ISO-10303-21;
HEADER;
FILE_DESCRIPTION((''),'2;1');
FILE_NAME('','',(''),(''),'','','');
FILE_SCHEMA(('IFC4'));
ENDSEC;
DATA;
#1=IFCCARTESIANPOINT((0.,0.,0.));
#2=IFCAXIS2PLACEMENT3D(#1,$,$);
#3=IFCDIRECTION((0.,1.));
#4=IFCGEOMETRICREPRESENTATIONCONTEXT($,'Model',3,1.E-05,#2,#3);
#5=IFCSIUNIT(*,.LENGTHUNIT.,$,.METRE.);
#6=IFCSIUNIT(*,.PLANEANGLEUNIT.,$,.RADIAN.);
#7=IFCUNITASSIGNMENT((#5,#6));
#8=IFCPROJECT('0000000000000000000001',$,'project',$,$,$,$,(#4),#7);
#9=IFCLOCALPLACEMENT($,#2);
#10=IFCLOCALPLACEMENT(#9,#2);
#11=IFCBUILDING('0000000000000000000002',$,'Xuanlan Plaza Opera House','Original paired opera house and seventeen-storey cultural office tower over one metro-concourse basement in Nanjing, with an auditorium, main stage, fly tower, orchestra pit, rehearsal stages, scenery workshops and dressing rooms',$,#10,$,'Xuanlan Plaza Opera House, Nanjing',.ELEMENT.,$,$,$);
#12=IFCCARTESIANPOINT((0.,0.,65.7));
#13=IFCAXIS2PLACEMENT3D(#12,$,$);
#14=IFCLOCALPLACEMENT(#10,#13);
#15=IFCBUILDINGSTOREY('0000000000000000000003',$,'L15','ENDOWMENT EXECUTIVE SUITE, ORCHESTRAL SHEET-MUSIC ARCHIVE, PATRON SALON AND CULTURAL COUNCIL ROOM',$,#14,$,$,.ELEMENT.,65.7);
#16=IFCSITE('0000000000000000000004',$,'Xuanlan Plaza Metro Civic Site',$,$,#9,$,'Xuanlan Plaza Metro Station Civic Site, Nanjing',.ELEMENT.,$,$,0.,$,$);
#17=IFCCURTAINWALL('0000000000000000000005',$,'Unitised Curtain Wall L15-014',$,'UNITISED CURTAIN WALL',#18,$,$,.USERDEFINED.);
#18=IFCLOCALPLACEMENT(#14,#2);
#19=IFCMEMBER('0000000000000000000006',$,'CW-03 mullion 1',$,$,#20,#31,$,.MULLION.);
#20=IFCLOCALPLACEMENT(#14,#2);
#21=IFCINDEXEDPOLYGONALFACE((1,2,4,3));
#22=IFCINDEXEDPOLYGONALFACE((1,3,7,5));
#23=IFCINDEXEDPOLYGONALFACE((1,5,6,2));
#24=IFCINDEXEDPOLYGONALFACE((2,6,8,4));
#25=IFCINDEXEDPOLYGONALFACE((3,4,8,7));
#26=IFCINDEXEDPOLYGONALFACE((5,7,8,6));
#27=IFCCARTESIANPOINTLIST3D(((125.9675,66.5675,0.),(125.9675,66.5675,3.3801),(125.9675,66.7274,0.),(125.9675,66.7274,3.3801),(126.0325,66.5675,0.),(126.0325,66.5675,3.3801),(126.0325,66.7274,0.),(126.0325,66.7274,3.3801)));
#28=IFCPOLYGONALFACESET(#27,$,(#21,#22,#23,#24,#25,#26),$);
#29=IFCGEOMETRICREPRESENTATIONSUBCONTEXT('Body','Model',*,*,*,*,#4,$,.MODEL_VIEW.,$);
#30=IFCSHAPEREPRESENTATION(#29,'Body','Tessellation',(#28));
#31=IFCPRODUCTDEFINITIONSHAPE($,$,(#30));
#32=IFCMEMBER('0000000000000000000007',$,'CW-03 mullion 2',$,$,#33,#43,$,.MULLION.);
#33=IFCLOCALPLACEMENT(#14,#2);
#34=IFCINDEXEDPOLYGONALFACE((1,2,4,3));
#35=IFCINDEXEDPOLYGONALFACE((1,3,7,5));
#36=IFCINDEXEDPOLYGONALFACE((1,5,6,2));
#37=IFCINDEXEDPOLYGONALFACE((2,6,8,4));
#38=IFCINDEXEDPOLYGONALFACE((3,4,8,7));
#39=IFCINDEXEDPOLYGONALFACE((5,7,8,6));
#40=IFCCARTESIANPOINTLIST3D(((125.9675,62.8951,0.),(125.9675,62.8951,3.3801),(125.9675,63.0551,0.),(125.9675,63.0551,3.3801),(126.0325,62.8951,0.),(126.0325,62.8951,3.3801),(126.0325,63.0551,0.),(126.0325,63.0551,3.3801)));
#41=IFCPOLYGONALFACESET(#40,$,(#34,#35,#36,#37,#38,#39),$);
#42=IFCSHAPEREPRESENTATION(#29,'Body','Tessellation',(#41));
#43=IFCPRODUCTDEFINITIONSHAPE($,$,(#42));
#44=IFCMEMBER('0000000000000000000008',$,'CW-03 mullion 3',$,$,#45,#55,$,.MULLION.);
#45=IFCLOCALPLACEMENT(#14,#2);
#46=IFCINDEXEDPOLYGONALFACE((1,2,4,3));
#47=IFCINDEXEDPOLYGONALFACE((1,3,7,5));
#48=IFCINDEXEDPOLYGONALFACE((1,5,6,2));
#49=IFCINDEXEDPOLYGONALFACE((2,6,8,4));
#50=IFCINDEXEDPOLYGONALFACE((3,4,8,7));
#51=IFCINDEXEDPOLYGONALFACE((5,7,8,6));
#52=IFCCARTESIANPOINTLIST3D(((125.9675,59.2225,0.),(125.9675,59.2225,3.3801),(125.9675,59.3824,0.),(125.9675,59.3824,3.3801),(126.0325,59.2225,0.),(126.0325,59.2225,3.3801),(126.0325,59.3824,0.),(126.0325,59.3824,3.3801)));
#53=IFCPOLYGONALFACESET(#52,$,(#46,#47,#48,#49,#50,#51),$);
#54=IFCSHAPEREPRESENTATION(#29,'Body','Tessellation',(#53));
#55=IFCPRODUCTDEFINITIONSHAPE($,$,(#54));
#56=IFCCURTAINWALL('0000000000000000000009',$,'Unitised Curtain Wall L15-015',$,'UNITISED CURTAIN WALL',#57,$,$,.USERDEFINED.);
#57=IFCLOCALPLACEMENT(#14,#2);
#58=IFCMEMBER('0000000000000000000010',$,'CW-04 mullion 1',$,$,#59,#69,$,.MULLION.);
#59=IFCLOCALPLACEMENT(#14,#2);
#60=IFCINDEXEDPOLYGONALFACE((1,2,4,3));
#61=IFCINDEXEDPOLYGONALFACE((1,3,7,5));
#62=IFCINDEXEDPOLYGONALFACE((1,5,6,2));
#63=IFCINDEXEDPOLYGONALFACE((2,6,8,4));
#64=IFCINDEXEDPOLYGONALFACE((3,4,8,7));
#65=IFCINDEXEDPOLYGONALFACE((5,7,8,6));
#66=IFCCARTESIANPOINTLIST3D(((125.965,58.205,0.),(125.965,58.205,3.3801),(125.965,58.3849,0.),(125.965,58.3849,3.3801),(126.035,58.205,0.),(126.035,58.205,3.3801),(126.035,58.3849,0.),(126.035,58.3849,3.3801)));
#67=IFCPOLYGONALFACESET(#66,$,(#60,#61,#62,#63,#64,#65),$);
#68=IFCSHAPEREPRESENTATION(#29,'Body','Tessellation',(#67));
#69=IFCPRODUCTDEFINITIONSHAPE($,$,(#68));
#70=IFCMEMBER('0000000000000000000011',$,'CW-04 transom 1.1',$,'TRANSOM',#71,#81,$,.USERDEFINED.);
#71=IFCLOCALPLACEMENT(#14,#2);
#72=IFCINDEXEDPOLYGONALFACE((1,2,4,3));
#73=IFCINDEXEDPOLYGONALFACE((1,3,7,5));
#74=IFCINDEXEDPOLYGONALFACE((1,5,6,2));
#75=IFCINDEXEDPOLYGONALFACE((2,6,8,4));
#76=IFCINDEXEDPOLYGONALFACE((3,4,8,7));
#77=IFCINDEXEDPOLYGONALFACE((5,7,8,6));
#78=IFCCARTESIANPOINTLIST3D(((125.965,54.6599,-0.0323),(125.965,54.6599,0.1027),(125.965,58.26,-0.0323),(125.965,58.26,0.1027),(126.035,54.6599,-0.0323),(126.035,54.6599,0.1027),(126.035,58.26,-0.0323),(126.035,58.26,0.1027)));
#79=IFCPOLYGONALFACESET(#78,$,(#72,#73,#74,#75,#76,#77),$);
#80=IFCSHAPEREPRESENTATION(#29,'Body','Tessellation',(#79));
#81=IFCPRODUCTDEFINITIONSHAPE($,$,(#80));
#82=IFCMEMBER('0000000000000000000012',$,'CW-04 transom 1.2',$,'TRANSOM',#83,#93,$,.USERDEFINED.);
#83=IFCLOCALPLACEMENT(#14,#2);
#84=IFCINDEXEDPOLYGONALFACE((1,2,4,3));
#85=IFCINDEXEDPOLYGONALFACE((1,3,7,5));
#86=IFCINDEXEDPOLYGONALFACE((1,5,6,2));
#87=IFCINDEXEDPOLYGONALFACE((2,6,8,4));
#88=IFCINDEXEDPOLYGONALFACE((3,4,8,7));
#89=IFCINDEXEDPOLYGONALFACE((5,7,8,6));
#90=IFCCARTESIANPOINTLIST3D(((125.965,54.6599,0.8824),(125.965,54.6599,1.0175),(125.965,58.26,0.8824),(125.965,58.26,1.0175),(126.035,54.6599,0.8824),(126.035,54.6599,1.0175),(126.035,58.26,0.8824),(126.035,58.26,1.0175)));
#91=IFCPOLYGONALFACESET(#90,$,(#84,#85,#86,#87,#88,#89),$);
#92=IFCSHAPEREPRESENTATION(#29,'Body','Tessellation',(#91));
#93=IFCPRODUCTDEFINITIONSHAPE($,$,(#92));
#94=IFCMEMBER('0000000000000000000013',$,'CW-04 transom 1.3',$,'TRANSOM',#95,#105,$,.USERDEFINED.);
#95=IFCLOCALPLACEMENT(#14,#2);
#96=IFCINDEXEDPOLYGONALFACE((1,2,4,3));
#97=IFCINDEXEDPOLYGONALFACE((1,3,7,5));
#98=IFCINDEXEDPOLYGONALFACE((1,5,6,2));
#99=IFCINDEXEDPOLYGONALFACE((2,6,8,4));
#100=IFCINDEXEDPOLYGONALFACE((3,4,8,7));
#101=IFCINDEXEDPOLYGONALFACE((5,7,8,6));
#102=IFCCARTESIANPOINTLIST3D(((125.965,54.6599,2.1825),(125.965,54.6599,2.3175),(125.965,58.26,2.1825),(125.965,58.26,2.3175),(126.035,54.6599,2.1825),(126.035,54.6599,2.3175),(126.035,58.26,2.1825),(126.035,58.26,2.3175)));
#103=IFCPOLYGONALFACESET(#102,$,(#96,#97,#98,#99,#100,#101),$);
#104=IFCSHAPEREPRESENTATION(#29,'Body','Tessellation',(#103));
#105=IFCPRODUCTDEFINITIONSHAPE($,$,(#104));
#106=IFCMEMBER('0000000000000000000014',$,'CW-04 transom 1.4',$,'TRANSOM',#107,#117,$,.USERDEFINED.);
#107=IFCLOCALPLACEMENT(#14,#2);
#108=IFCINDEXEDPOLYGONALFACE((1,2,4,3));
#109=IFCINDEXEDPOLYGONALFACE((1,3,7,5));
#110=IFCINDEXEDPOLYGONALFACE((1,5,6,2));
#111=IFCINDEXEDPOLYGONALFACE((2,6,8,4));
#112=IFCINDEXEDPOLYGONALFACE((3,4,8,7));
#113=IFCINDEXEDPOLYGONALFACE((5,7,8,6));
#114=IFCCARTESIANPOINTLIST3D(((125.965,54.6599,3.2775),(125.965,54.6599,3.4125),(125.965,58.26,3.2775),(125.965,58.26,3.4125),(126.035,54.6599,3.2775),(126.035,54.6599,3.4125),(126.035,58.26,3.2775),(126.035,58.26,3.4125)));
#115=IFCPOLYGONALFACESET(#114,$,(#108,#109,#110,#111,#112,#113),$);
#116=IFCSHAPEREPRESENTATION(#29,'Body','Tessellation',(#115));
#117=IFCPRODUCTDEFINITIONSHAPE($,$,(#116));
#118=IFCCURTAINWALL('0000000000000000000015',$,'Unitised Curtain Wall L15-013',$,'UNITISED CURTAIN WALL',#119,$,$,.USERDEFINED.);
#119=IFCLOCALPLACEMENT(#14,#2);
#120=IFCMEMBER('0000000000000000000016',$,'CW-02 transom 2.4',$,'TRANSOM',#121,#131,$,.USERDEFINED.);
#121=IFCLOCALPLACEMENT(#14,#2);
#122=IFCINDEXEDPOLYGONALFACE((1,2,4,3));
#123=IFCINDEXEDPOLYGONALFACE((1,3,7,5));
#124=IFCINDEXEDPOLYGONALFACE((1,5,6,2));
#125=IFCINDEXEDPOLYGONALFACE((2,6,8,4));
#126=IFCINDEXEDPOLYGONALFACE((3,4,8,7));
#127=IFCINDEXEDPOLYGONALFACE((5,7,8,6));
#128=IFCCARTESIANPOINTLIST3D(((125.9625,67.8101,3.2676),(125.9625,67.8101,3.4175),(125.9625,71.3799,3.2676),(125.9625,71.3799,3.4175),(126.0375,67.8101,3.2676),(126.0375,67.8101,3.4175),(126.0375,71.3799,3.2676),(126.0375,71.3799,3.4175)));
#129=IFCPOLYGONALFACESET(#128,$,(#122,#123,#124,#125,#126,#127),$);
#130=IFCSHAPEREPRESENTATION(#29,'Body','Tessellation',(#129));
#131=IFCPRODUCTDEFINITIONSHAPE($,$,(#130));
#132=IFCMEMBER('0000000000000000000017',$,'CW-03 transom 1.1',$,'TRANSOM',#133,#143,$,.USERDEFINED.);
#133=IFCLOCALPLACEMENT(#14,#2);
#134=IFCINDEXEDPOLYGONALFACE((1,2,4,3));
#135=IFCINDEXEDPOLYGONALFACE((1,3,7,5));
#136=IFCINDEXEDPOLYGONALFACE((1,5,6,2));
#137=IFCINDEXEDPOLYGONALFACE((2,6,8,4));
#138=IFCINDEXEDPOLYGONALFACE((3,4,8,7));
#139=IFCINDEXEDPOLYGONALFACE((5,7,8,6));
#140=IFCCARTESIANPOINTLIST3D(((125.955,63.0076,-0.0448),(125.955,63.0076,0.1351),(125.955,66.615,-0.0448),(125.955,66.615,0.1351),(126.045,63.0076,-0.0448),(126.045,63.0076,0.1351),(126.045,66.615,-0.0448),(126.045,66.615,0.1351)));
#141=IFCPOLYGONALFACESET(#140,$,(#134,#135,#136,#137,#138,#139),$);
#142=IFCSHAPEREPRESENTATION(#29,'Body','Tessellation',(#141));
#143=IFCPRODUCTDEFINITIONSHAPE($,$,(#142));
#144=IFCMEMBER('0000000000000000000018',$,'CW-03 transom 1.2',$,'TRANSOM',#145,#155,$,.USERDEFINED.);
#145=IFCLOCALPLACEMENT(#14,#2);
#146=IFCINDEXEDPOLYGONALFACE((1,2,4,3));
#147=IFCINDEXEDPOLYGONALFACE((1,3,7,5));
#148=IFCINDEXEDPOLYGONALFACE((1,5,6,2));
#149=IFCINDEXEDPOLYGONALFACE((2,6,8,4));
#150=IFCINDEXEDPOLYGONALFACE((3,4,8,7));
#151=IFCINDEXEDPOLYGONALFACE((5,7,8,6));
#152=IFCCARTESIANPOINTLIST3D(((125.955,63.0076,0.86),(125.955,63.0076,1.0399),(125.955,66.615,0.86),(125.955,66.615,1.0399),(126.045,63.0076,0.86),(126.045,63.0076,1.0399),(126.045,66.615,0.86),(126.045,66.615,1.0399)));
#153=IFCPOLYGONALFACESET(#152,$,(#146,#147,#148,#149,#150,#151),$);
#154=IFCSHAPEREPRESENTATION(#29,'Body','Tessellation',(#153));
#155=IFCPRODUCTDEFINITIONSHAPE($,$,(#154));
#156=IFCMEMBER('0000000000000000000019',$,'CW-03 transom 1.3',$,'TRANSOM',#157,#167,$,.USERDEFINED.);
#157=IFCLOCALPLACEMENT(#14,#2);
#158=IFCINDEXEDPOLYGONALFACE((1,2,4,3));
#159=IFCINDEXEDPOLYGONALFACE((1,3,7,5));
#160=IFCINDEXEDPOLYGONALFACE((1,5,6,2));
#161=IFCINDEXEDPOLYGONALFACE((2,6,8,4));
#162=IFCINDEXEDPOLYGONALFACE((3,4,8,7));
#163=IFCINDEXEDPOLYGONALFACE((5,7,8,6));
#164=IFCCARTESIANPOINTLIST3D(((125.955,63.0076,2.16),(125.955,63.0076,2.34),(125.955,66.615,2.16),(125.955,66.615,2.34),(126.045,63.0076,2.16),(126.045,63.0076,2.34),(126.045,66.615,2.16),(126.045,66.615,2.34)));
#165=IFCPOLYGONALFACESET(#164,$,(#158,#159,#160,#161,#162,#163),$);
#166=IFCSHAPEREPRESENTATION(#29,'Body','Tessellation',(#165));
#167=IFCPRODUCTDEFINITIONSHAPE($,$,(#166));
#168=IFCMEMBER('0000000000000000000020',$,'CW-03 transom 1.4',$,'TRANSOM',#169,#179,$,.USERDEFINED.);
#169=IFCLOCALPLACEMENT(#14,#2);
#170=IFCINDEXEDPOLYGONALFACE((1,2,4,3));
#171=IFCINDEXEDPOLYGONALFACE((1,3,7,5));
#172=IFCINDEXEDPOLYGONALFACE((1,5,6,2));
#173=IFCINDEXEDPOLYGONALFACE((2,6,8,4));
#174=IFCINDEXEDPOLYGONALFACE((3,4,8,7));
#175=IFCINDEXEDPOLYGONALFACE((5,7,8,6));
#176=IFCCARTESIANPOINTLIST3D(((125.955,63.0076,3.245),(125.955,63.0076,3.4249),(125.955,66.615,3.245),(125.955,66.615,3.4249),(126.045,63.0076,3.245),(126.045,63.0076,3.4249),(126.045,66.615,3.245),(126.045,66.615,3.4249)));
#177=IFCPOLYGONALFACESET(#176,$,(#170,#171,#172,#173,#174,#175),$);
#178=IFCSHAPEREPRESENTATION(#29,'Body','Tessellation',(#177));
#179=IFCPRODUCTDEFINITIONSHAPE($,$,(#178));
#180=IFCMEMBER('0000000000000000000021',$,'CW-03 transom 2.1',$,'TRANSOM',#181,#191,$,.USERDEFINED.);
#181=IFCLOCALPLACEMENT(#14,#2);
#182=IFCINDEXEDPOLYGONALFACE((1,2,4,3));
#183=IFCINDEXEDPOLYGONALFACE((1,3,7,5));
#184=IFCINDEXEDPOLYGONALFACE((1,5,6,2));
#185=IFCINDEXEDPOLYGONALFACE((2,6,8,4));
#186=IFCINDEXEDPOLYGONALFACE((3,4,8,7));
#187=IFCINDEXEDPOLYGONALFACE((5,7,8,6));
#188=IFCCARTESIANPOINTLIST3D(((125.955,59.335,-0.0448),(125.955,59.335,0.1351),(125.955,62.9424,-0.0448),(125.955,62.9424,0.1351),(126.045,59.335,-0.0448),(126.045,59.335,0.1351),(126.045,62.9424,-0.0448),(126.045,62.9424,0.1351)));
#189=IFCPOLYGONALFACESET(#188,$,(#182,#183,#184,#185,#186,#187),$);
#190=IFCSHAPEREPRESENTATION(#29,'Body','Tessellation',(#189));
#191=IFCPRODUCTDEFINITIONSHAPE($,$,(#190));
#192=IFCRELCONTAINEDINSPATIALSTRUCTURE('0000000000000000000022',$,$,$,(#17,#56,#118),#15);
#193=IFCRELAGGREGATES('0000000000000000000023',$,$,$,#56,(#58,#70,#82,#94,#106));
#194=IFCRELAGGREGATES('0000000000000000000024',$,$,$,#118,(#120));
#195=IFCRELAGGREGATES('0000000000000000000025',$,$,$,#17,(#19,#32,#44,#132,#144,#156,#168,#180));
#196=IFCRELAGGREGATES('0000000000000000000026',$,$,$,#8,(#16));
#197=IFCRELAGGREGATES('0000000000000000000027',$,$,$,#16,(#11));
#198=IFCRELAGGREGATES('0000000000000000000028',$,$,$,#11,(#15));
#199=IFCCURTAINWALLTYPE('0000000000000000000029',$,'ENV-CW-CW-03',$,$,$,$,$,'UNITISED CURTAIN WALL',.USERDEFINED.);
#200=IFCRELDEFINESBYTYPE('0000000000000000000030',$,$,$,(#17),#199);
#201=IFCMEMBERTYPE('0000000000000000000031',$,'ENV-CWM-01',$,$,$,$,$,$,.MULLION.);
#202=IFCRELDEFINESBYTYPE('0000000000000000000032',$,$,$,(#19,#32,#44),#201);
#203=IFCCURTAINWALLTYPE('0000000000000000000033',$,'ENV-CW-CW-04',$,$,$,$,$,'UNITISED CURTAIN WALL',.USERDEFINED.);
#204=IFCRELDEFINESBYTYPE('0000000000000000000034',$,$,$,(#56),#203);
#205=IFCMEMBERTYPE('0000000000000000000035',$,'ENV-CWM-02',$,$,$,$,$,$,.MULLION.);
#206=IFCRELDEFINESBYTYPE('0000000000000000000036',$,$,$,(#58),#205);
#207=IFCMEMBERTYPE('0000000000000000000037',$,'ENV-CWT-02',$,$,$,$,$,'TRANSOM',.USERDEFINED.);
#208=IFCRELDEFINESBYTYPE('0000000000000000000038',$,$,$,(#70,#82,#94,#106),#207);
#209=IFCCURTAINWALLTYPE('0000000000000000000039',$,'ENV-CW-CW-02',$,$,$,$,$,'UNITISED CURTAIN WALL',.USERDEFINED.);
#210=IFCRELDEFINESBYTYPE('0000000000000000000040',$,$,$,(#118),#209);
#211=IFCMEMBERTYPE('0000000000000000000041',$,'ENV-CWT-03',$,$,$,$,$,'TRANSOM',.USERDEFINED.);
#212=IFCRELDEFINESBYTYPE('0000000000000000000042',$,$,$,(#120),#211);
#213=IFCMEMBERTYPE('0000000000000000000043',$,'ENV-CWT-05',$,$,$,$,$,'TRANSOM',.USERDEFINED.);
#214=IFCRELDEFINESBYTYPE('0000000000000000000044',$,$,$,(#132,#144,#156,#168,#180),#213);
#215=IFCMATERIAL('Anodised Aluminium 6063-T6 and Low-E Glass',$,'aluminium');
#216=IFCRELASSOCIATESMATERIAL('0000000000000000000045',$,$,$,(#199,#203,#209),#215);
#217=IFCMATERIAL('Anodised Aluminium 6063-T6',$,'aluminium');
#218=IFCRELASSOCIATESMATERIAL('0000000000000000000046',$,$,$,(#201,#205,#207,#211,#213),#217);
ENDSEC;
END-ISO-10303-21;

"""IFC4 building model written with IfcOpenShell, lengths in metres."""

from ifc_helpers import new_model, si_unit, direction, frame, origin, origin_2d, place, context, subcontext, project, spatial, rectangle, extrude, material, material_profile, profile_set, type_object, element, aggregate, save


model = new_model("IFC4")

# Units and contexts
model_context = context("Model", 3, precision=1e-05, world=origin(), true_north=direction((0.0, 1.0)))
body_context = subcontext(model_context, "Body", "Model", "MODEL_VIEW")
ifc_project = project(units=[si_unit("LENGTHUNIT", "METRE"), si_unit("PLANEANGLEUNIT", "RADIAN")], contexts=[model_context])

# Site, building, storey
site_placement = place(None, origin())
site = spatial("IfcSite", under=ifc_project, at=site_placement, Name="Xuanlan Plaza Metro Civic Site", LongName="Xuanlan Plaza Metro Station Civic Site, Nanjing", CompositionType="ELEMENT", RefElevation=0.0)
building_placement = place(site_placement, origin())
building = spatial("IfcBuilding", under=site, at=building_placement, Name="Xuanlan Plaza Opera House", Description="Original paired opera house and seventeen-storey cultural office tower over one metro-concourse basement in Nanjing, with an auditorium, main stage, fly tower, orchestra pit, rehearsal stages, scenery workshops and dressing rooms", LongName="Xuanlan Plaza Opera House, Nanjing", CompositionType="ELEMENT")
storey_placement = place(building_placement, frame((0.0, 0.0, 65.7)))
storey = spatial("IfcBuildingStorey", under=building, at=storey_placement, Name="L15", Description="ENDOWMENT EXECUTIVE SUITE, ORCHESTRAL SHEET-MUSIC ARCHIVE, PATRON SALON AND CULTURAL COUNCIL ROOM", CompositionType="ELEMENT", Elevation=65.7)

# Curtain walls, members
ifc_material_1 = material(Name="Anodised Aluminium 6063-T6 and Low-E Glass", Category="aluminium")
curtain_wall_type_1 = type_object("IfcCurtainWallType", Name="ENV-CW-CW-03", ElementType="UNITISED CURTAIN WALL", PredefinedType="USERDEFINED", material=ifc_material_1)
curtain_wall_1_placement = place(storey_placement, origin())
curtain_wall_1 = element("IfcCurtainWall", 1, at=curtain_wall_1_placement, inside=storey, type_object=curtain_wall_type_1, Name="Unitised Curtain Wall L15-014", ObjectType="UNITISED CURTAIN WALL", PredefinedType="USERDEFINED")
ifc_material_2 = material(Name="Anodised Aluminium 6063-T6", Category="aluminium")
ifc_material_profile_1 = material_profile(ifc_material_2, rectangle(XDim=0.0649, YDim=0.1599, at=origin_2d()), Name="ALU-M 65x160")
ifc_profile_set_1 = profile_set([ifc_material_profile_1], Name="Anodised Aluminium 6063-T6")
member_type_1 = type_object("IfcMemberType", Name="ENV-CWM-01", PredefinedType="MULLION", material=ifc_profile_set_1)
member_1_placement = place(storey_placement, frame((126.0, 66.6475, 0.0), z_axis=(0.0, 0.0, 1.0), x_axis=(1.0, 0.0, 0.0)))
member_1 = element("IfcMember", 2, at=member_1_placement, type_object=member_type_1, Name="CW-03 mullion 1", PredefinedType="MULLION", context=body_context, shape_type="SweptSolid", body=[
    extrude(rectangle(XDim=0.0649, YDim=0.1599, at=origin_2d()), origin(), (0.0, 0.0, 1.0), 3.3801),
])
member_2_placement = place(storey_placement, frame((126.0, 62.9751, 0.0), z_axis=(0.0, 0.0, 1.0), x_axis=(1.0, 0.0, 0.0)))
member_2 = element("IfcMember", 3, at=member_2_placement, type_object=member_type_1, Name="CW-03 mullion 2", PredefinedType="MULLION", context=body_context, shape_type="SweptSolid", body=[
    extrude(rectangle(XDim=0.0649, YDim=0.1599, at=origin_2d()), origin(), (0.0, 0.0, 1.0), 3.3801),
])
member_3_placement = place(storey_placement, frame((126.0, 59.3025, 0.0), z_axis=(0.0, 0.0, 1.0), x_axis=(1.0, 0.0, 0.0)))
member_3 = element("IfcMember", 4, at=member_3_placement, type_object=member_type_1, Name="CW-03 mullion 3", PredefinedType="MULLION", context=body_context, shape_type="SweptSolid", body=[
    extrude(rectangle(XDim=0.0649, YDim=0.1599, at=origin_2d()), origin(), (0.0, 0.0, 1.0), 3.3801),
])
curtain_wall_type_2 = type_object("IfcCurtainWallType", Name="ENV-CW-CW-04", ElementType="UNITISED CURTAIN WALL", PredefinedType="USERDEFINED", material=ifc_material_1)
curtain_wall_2_placement = place(storey_placement, origin())
curtain_wall_2 = element("IfcCurtainWall", 5, at=curtain_wall_2_placement, inside=storey, type_object=curtain_wall_type_2, Name="Unitised Curtain Wall L15-015", ObjectType="UNITISED CURTAIN WALL", PredefinedType="USERDEFINED")
ifc_material_profile_2 = material_profile(ifc_material_2, rectangle(XDim=0.0701, YDim=0.1799, at=origin_2d()), Name="ALU-M 70x180")
ifc_profile_set_2 = profile_set([ifc_material_profile_2], Name="Anodised Aluminium 6063-T6")
member_type_2 = type_object("IfcMemberType", Name="ENV-CWM-02", PredefinedType="MULLION", material=ifc_profile_set_2)
member_4_placement = place(storey_placement, frame((126.0, 58.2949, 0.0), z_axis=(0.0, 0.0, 1.0), x_axis=(1.0, 0.0, 0.0)))
member_4 = element("IfcMember", 6, at=member_4_placement, type_object=member_type_2, Name="CW-04 mullion 1", PredefinedType="MULLION", context=body_context, shape_type="SweptSolid", body=[
    extrude(rectangle(XDim=0.0701, YDim=0.1799, at=origin_2d()), origin(), (0.0, 0.0, 1.0), 3.3801),
])
ifc_material_profile_3 = material_profile(ifc_material_2, rectangle(XDim=0.0701, YDim=0.135, at=origin_2d()), Name="ALU-T 70x135")
ifc_profile_set_3 = profile_set([ifc_material_profile_3], Name="Anodised Aluminium 6063-T6")
member_type_3 = type_object("IfcMemberType", Name="ENV-CWT-02", ElementType="TRANSOM", PredefinedType="USERDEFINED", material=ifc_profile_set_3)
member_5_placement = place(storey_placement, frame((126.0, 58.26, 0.0352), z_axis=(0.0, -1.0, 0.0), x_axis=(1.0, 0.0, 0.0)))
member_5 = element("IfcMember", 7, at=member_5_placement, type_object=member_type_3, Name="CW-04 transom 1.1", ObjectType="TRANSOM", PredefinedType="USERDEFINED", context=body_context, shape_type="SweptSolid", body=[
    extrude(rectangle(XDim=0.0701, YDim=0.135, at=origin_2d()), origin(), (0.0, 0.0, 1.0), 3.6001),
])
member_6_placement = place(storey_placement, frame((126.0, 58.26, 0.95), z_axis=(0.0, -1.0, 0.0), x_axis=(1.0, 0.0, 0.0)))
member_6 = element("IfcMember", 8, at=member_6_placement, type_object=member_type_3, Name="CW-04 transom 1.2", ObjectType="TRANSOM", PredefinedType="USERDEFINED", context=body_context, shape_type="SweptSolid", body=[
    extrude(rectangle(XDim=0.0701, YDim=0.135, at=origin_2d()), origin(), (0.0, 0.0, 1.0), 3.6001),
])
member_7_placement = place(storey_placement, frame((126.0, 58.26, 2.25), z_axis=(0.0, -1.0, 0.0), x_axis=(1.0, 0.0, 0.0)))
member_7 = element("IfcMember", 9, at=member_7_placement, type_object=member_type_3, Name="CW-04 transom 1.3", ObjectType="TRANSOM", PredefinedType="USERDEFINED", context=body_context, shape_type="SweptSolid", body=[
    extrude(rectangle(XDim=0.0701, YDim=0.135, at=origin_2d()), origin(), (0.0, 0.0, 1.0), 3.6001),
])
member_8_placement = place(storey_placement, frame((126.0, 58.26, 3.345), z_axis=(0.0, -1.0, 0.0), x_axis=(1.0, 0.0, 0.0)))
member_8 = element("IfcMember", 10, at=member_8_placement, type_object=member_type_3, Name="CW-04 transom 1.4", ObjectType="TRANSOM", PredefinedType="USERDEFINED", context=body_context, shape_type="SweptSolid", body=[
    extrude(rectangle(XDim=0.0701, YDim=0.135, at=origin_2d()), origin(), (0.0, 0.0, 1.0), 3.6001),
])
aggregate(curtain_wall_2, [member_4, member_5, member_6, member_7, member_8])

# Curtain wall, member
curtain_wall_type_3 = type_object("IfcCurtainWallType", Name="ENV-CW-CW-02", ElementType="UNITISED CURTAIN WALL", PredefinedType="USERDEFINED", material=ifc_material_1)
curtain_wall_3_placement = place(storey_placement, origin())
curtain_wall_3 = element("IfcCurtainWall", 11, at=curtain_wall_3_placement, inside=storey, type_object=curtain_wall_type_3, Name="Unitised Curtain Wall L15-013", ObjectType="UNITISED CURTAIN WALL", PredefinedType="USERDEFINED")
ifc_material_profile_4 = material_profile(ifc_material_2, rectangle(XDim=0.075, YDim=0.1499, at=origin_2d()), Name="ALU-T 75x150")
ifc_profile_set_4 = profile_set([ifc_material_profile_4], Name="Anodised Aluminium 6063-T6")
member_type_4 = type_object("IfcMemberType", Name="ENV-CWT-03", ElementType="TRANSOM", PredefinedType="USERDEFINED", material=ifc_profile_set_4)
member_9_placement = place(storey_placement, frame((126.0, 71.3799, 3.3425), z_axis=(0.0, -1.0, 0.0), x_axis=(1.0, 0.0, 0.0)))
member_9 = element("IfcMember", 12, at=member_9_placement, type_object=member_type_4, Name="CW-02 transom 2.4", ObjectType="TRANSOM", PredefinedType="USERDEFINED", context=body_context, shape_type="SweptSolid", body=[
    extrude(rectangle(XDim=0.075, YDim=0.1499, at=origin_2d()), origin(), (0.0, 0.0, 1.0), 3.5698),
])

# Members
ifc_material_profile_5 = material_profile(ifc_material_2, rectangle(XDim=0.0901, YDim=0.1799, at=origin_2d()), Name="ALU-T 90x180")
ifc_profile_set_5 = profile_set([ifc_material_profile_5], Name="Anodised Aluminium 6063-T6")
member_type_5 = type_object("IfcMemberType", Name="ENV-CWT-05", ElementType="TRANSOM", PredefinedType="USERDEFINED", material=ifc_profile_set_5)
member_10_placement = place(storey_placement, frame((126.0, 66.615, 0.0452), z_axis=(0.0, -1.0, 0.0), x_axis=(1.0, 0.0, 0.0)))
member_10 = element("IfcMember", 13, at=member_10_placement, type_object=member_type_5, Name="CW-03 transom 1.1", ObjectType="TRANSOM", PredefinedType="USERDEFINED", context=body_context, shape_type="SweptSolid", body=[
    extrude(rectangle(XDim=0.0901, YDim=0.1799, at=origin_2d()), origin(), (0.0, 0.0, 1.0), 3.6074),
])
member_11_placement = place(storey_placement, frame((126.0, 66.615, 0.95), z_axis=(0.0, -1.0, 0.0), x_axis=(1.0, 0.0, 0.0)))
member_11 = element("IfcMember", 14, at=member_11_placement, type_object=member_type_5, Name="CW-03 transom 1.2", ObjectType="TRANSOM", PredefinedType="USERDEFINED", context=body_context, shape_type="SweptSolid", body=[
    extrude(rectangle(XDim=0.0901, YDim=0.1799, at=origin_2d()), origin(), (0.0, 0.0, 1.0), 3.6074),
])
member_12_placement = place(storey_placement, frame((126.0, 66.615, 2.25), z_axis=(0.0, -1.0, 0.0), x_axis=(1.0, 0.0, 0.0)))
member_12 = element("IfcMember", 15, at=member_12_placement, type_object=member_type_5, Name="CW-03 transom 1.3", ObjectType="TRANSOM", PredefinedType="USERDEFINED", context=body_context, shape_type="SweptSolid", body=[
    extrude(rectangle(XDim=0.0901, YDim=0.1799, at=origin_2d()), origin(), (0.0, 0.0, 1.0), 3.6074),
])
member_13_placement = place(storey_placement, frame((126.0, 66.615, 3.335), z_axis=(0.0, -1.0, 0.0), x_axis=(1.0, 0.0, 0.0)))
member_13 = element("IfcMember", 16, at=member_13_placement, type_object=member_type_5, Name="CW-03 transom 1.4", ObjectType="TRANSOM", PredefinedType="USERDEFINED", context=body_context, shape_type="SweptSolid", body=[
    extrude(rectangle(XDim=0.0901, YDim=0.1799, at=origin_2d()), origin(), (0.0, 0.0, 1.0), 3.6074),
])
member_14_placement = place(storey_placement, frame((126.0, 62.9424, 0.0452), z_axis=(0.0, -1.0, 0.0), x_axis=(1.0, 0.0, 0.0)))
member_14 = element("IfcMember", 17, at=member_14_placement, type_object=member_type_5, Name="CW-03 transom 2.1", ObjectType="TRANSOM", PredefinedType="USERDEFINED", context=body_context, shape_type="SweptSolid", body=[
    extrude(rectangle(XDim=0.0901, YDim=0.1799, at=origin_2d()), origin(), (0.0, 0.0, 1.0), 3.6074),
])

aggregate(curtain_wall_3, [member_9])
aggregate(curtain_wall_1, [member_1, member_2, member_3, member_10, member_11, member_12, member_13, member_14])

save(model, "model.ifc")
